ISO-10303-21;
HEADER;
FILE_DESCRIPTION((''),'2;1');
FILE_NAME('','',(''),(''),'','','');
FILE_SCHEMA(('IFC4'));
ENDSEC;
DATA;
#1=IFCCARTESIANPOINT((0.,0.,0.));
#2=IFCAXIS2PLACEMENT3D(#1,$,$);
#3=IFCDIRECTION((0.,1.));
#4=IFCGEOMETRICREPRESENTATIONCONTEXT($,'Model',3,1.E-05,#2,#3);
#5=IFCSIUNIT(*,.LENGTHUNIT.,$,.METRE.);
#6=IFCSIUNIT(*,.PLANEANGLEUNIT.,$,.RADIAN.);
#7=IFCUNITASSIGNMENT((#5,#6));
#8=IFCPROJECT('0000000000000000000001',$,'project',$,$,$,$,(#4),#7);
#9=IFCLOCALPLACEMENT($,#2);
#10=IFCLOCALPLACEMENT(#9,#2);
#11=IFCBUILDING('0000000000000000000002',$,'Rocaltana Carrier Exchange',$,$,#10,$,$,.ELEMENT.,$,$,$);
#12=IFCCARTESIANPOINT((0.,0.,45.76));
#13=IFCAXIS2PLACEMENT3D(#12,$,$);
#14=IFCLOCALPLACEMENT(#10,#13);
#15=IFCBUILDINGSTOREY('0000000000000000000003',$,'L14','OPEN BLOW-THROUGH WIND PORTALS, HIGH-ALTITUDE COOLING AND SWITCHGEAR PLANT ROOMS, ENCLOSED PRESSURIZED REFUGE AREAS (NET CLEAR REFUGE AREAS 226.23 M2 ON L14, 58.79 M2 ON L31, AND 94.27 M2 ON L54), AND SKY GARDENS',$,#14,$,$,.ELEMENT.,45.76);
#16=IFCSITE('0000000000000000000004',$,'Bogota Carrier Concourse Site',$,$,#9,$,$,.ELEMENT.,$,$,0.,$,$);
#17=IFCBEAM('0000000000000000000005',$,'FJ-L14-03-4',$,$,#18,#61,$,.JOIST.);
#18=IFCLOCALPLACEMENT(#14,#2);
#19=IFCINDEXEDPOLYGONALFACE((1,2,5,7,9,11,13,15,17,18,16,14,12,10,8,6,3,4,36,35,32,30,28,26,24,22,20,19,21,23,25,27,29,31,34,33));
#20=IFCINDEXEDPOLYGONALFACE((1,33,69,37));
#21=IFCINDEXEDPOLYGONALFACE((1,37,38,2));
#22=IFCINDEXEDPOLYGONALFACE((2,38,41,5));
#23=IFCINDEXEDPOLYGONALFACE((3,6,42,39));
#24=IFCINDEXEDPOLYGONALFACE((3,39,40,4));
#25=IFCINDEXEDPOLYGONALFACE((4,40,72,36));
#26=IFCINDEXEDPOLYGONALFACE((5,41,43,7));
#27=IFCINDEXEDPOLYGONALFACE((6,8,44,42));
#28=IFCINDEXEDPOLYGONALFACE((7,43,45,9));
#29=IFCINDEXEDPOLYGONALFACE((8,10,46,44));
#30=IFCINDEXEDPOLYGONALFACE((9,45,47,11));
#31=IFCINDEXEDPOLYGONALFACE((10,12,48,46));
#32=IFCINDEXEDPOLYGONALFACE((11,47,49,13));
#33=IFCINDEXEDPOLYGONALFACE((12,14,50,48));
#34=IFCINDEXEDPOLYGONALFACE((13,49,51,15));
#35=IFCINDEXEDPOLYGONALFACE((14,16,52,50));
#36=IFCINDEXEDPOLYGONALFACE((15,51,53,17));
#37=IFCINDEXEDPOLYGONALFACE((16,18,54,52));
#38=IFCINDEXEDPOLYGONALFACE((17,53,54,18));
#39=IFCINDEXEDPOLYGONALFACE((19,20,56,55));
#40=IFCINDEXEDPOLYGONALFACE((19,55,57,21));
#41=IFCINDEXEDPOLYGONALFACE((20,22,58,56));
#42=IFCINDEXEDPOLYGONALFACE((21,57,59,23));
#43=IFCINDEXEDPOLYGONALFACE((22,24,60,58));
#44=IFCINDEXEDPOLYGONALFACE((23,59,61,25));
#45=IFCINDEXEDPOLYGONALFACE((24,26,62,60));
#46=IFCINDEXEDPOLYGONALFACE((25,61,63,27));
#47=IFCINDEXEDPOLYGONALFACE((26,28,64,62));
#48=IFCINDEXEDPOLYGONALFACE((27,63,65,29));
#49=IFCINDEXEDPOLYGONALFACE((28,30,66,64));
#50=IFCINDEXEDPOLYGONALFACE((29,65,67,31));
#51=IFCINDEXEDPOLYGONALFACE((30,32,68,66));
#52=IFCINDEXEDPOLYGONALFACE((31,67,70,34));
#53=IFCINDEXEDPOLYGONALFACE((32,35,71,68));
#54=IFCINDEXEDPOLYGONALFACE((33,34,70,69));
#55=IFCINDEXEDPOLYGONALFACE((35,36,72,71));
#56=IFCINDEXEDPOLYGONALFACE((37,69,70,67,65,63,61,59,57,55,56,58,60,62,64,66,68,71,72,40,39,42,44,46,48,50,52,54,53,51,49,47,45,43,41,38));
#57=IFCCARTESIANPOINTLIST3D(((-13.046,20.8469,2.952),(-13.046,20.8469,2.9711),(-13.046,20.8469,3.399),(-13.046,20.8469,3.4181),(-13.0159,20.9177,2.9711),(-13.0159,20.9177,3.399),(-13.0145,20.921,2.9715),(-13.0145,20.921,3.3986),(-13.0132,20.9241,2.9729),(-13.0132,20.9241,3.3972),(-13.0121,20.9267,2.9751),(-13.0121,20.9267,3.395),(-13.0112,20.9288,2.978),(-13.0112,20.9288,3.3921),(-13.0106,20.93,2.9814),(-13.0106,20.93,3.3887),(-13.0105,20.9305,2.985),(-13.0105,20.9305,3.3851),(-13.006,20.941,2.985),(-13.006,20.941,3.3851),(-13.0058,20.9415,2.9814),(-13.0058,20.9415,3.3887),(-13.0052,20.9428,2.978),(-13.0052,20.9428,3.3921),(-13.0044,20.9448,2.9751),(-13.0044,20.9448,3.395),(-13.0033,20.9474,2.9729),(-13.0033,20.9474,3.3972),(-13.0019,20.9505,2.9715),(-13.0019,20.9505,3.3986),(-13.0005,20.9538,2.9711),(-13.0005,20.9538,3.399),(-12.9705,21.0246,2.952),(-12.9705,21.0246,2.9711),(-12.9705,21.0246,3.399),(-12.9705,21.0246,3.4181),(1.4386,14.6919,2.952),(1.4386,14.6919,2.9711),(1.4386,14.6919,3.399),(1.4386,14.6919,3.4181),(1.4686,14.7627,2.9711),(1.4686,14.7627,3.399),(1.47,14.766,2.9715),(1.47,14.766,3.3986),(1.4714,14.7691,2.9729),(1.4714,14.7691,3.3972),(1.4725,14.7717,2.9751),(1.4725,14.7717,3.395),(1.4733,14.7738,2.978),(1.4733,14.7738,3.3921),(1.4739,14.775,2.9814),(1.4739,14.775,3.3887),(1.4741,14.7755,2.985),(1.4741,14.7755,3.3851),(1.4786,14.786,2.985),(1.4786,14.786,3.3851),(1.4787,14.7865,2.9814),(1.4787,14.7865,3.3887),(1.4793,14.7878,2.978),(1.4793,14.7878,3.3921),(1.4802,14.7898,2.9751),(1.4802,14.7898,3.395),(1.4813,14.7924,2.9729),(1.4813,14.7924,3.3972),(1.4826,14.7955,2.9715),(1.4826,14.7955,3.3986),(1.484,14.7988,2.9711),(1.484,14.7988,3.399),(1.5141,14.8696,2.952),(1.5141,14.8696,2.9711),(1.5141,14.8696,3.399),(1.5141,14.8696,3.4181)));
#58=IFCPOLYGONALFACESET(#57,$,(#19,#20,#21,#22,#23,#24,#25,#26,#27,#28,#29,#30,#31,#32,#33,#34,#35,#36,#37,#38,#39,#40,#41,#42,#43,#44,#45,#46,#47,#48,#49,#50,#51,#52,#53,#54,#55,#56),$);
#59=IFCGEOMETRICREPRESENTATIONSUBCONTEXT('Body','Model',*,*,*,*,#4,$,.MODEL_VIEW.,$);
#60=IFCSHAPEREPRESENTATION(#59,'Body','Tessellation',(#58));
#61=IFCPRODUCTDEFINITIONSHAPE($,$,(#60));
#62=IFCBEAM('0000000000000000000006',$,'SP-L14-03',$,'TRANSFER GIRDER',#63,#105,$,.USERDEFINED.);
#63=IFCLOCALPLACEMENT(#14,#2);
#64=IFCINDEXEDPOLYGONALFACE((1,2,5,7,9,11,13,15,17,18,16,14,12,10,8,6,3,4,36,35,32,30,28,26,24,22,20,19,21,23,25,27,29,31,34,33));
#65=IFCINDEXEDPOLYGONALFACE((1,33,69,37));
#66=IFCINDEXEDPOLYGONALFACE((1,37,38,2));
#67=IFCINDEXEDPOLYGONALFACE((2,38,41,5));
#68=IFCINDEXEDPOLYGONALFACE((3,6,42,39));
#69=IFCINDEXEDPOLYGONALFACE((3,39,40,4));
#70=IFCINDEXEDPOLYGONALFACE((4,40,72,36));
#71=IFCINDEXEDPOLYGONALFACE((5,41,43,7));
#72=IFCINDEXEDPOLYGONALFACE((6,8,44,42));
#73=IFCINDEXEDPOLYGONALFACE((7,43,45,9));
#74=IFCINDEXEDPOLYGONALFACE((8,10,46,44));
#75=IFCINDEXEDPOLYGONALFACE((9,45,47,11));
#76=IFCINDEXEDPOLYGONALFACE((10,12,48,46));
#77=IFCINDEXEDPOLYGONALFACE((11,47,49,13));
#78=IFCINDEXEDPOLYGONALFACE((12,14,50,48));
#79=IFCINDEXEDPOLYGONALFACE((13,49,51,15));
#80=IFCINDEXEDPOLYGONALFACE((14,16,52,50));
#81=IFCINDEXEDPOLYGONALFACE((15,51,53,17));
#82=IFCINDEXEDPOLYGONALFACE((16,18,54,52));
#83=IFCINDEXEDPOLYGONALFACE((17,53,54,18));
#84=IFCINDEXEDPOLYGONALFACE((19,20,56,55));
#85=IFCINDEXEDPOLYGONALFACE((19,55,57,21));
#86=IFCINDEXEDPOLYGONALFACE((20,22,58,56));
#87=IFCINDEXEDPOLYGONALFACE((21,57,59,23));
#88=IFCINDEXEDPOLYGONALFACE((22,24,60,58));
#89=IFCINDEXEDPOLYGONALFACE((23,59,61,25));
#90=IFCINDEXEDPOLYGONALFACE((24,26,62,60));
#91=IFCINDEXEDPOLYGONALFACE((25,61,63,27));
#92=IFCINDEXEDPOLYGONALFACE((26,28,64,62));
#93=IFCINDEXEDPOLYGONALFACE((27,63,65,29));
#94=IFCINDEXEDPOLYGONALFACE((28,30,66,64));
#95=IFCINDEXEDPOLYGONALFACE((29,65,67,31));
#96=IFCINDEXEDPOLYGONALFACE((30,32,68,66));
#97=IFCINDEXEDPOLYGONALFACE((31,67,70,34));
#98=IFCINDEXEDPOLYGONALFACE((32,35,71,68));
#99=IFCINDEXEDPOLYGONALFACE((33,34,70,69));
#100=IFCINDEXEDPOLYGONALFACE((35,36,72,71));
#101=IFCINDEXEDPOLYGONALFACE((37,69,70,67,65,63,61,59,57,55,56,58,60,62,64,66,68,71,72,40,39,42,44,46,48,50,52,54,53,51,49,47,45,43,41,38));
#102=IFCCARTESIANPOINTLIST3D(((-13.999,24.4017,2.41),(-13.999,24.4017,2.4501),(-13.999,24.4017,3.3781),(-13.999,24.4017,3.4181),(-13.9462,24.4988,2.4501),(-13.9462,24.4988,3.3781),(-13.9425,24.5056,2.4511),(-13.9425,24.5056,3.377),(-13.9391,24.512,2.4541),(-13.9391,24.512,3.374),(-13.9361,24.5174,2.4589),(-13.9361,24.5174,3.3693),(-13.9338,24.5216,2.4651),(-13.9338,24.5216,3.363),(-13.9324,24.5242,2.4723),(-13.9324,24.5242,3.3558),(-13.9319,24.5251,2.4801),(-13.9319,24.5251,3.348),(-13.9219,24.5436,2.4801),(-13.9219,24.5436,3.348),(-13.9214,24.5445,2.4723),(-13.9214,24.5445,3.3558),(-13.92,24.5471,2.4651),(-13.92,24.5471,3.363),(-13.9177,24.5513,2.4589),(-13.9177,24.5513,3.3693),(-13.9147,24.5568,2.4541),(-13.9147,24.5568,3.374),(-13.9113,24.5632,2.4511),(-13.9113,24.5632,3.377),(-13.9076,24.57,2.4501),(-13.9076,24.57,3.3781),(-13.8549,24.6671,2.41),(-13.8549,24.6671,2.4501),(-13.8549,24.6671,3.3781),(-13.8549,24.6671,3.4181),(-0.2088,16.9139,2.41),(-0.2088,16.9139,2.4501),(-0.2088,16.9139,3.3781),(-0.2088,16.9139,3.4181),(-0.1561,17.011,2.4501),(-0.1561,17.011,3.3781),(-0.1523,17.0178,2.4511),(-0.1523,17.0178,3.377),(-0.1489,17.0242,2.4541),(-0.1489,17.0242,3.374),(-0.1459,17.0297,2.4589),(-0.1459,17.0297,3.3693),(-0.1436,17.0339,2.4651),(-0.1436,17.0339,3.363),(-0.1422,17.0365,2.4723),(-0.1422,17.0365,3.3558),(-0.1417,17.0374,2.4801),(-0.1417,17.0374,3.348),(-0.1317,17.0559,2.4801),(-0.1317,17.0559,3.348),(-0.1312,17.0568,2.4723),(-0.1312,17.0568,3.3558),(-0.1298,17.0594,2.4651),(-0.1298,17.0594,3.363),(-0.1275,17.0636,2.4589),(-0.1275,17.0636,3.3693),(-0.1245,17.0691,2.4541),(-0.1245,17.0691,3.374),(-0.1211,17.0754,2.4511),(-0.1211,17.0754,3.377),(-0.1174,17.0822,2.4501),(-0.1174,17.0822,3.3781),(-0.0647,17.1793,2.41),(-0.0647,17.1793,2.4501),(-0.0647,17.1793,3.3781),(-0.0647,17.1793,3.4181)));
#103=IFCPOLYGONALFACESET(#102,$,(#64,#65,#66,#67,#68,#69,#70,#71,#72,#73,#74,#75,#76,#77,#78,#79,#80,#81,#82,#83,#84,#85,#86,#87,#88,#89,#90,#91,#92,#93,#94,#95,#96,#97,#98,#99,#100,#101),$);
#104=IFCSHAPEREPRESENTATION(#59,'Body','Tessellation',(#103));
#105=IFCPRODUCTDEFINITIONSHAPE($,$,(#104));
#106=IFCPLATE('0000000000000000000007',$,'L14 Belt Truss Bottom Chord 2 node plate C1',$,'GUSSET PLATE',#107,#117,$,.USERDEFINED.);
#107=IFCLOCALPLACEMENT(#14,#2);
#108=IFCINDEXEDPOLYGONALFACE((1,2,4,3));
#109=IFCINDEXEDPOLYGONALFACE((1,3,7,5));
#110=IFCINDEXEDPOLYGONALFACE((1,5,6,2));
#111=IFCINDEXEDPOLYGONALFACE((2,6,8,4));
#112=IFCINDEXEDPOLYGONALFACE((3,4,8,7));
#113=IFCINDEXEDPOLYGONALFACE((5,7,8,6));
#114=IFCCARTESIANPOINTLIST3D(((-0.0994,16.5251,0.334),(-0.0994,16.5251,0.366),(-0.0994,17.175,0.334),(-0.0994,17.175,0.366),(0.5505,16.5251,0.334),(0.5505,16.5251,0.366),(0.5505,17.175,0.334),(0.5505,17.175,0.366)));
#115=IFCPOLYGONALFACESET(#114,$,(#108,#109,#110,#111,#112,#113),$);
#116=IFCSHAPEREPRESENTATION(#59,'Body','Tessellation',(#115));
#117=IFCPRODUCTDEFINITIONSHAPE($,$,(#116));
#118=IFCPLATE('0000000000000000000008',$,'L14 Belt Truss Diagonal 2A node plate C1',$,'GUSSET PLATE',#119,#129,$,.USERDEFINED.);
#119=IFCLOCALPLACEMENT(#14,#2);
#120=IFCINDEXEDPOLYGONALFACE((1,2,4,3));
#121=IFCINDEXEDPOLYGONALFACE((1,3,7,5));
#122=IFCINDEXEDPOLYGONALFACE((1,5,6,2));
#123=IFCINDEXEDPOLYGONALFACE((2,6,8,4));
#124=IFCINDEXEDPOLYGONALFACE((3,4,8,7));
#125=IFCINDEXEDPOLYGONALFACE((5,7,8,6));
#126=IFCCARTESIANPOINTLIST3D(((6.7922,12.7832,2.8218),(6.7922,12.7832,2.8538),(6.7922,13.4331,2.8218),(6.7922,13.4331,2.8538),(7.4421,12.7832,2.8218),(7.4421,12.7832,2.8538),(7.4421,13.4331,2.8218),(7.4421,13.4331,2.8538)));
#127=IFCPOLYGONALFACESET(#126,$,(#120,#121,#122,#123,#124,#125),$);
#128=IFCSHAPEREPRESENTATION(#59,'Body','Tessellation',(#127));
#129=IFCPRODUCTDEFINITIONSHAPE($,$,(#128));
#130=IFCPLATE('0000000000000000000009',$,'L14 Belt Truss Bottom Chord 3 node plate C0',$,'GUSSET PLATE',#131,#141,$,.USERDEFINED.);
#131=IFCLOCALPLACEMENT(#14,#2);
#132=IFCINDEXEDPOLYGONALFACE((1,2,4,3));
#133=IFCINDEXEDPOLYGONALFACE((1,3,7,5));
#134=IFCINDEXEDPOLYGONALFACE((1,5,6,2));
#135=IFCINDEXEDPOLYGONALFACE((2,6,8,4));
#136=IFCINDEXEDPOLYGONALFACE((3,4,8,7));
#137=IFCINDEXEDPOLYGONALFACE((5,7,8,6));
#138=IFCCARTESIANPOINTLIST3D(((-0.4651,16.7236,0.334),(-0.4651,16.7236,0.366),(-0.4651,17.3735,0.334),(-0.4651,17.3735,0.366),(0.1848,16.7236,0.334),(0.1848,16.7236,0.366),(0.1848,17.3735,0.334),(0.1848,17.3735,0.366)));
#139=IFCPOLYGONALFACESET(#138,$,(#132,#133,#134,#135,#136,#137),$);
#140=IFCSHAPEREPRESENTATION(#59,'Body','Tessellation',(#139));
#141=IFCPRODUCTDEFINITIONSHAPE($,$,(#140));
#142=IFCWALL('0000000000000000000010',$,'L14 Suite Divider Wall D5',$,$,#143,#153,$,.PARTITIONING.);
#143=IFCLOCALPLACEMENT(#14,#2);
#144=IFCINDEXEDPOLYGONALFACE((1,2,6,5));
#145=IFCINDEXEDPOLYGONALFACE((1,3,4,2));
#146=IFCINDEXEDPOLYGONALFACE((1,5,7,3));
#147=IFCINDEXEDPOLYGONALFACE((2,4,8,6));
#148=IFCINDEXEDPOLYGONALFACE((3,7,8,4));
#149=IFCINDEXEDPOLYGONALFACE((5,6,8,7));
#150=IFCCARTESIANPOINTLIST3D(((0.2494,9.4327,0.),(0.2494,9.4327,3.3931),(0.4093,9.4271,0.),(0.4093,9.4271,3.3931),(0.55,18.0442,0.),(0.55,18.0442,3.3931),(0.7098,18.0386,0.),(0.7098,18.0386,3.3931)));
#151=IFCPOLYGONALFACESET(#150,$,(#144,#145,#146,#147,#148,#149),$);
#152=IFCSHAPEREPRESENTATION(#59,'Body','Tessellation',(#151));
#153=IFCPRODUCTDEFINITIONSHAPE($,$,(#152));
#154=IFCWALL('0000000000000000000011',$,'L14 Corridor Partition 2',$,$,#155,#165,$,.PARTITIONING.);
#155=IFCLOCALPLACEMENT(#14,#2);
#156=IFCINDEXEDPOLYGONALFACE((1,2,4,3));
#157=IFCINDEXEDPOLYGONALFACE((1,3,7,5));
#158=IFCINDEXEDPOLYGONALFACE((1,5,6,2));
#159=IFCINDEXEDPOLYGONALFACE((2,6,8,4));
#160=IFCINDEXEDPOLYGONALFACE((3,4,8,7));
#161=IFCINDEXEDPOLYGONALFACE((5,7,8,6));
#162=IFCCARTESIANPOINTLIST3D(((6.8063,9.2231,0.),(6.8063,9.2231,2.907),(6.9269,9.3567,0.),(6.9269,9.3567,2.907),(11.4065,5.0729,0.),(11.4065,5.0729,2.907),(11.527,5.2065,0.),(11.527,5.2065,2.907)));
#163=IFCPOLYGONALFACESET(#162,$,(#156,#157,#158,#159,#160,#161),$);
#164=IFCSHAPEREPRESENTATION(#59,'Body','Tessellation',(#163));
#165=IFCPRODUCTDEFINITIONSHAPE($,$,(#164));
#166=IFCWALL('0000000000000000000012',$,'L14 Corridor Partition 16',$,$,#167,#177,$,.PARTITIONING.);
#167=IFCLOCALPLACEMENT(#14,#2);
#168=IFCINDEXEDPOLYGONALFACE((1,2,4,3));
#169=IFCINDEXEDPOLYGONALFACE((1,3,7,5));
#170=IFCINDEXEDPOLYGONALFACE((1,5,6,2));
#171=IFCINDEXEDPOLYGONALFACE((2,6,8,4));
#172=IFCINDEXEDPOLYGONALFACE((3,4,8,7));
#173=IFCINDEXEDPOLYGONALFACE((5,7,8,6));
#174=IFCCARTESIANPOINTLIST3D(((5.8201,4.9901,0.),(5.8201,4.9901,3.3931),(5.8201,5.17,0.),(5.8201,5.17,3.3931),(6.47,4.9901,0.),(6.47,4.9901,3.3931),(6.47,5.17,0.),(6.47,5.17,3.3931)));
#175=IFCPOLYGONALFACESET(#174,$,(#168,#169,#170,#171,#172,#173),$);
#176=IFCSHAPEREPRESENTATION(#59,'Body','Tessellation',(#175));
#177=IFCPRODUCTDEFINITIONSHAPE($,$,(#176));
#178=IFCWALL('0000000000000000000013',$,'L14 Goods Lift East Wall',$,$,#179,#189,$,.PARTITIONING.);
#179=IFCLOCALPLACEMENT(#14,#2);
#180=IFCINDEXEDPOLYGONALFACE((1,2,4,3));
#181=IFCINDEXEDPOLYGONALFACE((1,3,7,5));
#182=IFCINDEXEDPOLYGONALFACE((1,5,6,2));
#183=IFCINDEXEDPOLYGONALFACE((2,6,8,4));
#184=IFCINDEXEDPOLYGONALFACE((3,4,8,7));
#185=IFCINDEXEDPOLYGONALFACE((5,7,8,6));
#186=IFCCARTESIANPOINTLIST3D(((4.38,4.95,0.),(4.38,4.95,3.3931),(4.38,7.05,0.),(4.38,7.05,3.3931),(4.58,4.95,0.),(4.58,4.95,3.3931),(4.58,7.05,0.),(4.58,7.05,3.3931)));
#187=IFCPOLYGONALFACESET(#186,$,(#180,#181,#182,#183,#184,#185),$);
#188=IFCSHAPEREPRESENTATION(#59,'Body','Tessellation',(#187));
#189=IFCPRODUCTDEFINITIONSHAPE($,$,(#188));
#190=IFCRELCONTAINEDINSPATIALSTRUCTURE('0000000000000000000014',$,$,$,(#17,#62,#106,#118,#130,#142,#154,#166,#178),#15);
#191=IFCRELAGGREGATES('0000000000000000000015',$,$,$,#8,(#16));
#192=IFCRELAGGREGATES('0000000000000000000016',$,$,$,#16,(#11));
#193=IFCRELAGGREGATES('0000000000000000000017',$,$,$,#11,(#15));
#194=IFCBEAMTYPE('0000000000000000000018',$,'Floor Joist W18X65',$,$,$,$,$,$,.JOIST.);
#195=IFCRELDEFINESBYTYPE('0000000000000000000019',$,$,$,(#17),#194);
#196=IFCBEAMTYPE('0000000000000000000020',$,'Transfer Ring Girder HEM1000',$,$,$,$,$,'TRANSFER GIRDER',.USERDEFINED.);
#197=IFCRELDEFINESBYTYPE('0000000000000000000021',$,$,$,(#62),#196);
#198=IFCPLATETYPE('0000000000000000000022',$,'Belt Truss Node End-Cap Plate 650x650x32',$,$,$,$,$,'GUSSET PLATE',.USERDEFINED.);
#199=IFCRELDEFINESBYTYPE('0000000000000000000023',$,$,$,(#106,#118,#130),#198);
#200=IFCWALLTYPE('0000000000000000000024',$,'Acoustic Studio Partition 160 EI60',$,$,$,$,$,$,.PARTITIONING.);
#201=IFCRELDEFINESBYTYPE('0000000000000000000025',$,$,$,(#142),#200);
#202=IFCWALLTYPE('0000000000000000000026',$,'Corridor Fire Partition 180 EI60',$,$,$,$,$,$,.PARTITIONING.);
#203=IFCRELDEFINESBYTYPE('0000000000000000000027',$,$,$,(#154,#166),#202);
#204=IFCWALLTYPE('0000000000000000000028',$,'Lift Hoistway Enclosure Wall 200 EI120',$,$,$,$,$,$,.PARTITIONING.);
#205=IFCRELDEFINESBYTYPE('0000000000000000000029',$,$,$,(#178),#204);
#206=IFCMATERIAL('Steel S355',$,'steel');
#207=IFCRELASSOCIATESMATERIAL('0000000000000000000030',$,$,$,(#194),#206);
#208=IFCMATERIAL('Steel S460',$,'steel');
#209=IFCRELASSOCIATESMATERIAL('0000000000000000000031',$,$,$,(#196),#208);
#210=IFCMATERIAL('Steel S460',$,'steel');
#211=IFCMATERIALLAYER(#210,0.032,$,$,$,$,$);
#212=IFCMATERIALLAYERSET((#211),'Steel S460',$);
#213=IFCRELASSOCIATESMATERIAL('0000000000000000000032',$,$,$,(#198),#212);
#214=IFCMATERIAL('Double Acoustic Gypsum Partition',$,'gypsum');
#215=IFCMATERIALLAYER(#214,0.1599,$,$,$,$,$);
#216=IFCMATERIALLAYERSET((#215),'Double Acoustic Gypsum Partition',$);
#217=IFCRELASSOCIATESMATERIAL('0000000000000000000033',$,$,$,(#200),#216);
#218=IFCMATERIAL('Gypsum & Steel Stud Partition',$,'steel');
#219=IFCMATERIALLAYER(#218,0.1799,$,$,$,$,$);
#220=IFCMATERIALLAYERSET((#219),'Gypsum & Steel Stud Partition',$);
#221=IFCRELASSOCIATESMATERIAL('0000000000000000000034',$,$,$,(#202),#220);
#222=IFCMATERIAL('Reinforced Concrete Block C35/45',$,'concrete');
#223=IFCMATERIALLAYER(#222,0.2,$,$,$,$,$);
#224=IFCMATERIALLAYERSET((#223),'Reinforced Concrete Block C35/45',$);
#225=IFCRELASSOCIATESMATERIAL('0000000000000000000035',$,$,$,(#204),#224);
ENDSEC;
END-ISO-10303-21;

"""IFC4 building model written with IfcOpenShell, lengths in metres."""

from ifc_helpers import new_model, si_unit, direction, frame, frame_2d, origin, origin_2d, place, context, subcontext, project, spatial, rectangle, i_section, extrude, material, layer, layer_set, material_profile, profile_set, type_object, element, save


model = new_model("IFC4")

# Units and contexts
model_context = context("Model", 3, precision=1e-05, world=origin(), true_north=direction((0.0, 1.0)))
body_context = subcontext(model_context, "Body", "Model", "MODEL_VIEW")
ifc_project = project(units=[si_unit("LENGTHUNIT", "METRE"), si_unit("PLANEANGLEUNIT", "RADIAN")], contexts=[model_context])

# Site, building, storey
site_placement = place(None, origin())
site = spatial("IfcSite", under=ifc_project, at=site_placement, Name="Bogota Carrier Concourse Site", CompositionType="ELEMENT", RefElevation=0.0)
building_placement = place(site_placement, origin())
building = spatial("IfcBuilding", under=site, at=building_placement, Name="Rocaltana Carrier Exchange", CompositionType="ELEMENT")
storey_placement = place(building_placement, frame((0.0, 0.0, 45.76)))
storey = spatial("IfcBuildingStorey", under=building, at=storey_placement, Name="L14", Description="OPEN BLOW-THROUGH WIND PORTALS, HIGH-ALTITUDE COOLING AND SWITCHGEAR PLANT ROOMS, ENCLOSED PRESSURIZED REFUGE AREAS (NET CLEAR REFUGE AREAS 226.23 M2 ON L14, 58.79 M2 ON L31, AND 94.27 M2 ON L54), AND SKY GARDENS", CompositionType="ELEMENT", Elevation=45.76)

# Beams
ifc_material_1 = material(Name="Steel S355", Category="steel")
ifc_material_profile_1 = material_profile(ifc_material_1, i_section(OverallWidth=0.1931, OverallDepth=0.4661, WebThickness=0.0115, FlangeThickness=0.019, FilletRadius=0.0139, at=origin_2d()), Name="W18X65")
ifc_profile_set_1 = profile_set([ifc_material_profile_1], Name="Steel S355")
beam_type_1 = type_object("IfcBeamType", Name="Floor Joist W18X65", PredefinedType="JOIST", material=ifc_profile_set_1)
beam_1_placement = place(storey_placement, frame((1.4763, 14.7808, 3.1851), z_axis=(-0.920352, 0.39109, 0.0), x_axis=(-0.39109, -0.920352, 0.0)))
element("IfcBeam", 1, at=beam_1_placement, inside=storey, type_object=beam_type_1, Name="FJ-L14-03-4", PredefinedType="JOIST", context=body_context, shape_type="SweptSolid", body=[
    extrude(i_section(OverallWidth=0.1931, OverallDepth=0.4661, WebThickness=0.0115, FlangeThickness=0.019, FilletRadius=0.0139, at=origin_2d()), origin(), (0.0, 0.0, 1.0), 15.738),
])
ifc_material_2 = material(Name="Steel S460", Category="steel")
ifc_material_profile_2 = material_profile(ifc_material_2, i_section(OverallWidth=0.302, OverallDepth=1.0081, WebThickness=0.021, FlangeThickness=0.04, FilletRadius=0.03, at=origin_2d()), Name="HEM1000")
ifc_profile_set_2 = profile_set([ifc_material_profile_2], Name="Steel S460")
beam_type_2 = type_object("IfcBeamType", Name="Transfer Ring Girder HEM1000", ElementType="TRANSFER GIRDER", PredefinedType="USERDEFINED", material=ifc_profile_set_2)
beam_2_placement = place(storey_placement, frame((-0.1367, 17.0466, 2.9141), z_axis=(-0.87881, 0.477173, 0.0), x_axis=(-0.477173, -0.87881, 0.0)))
element("IfcBeam", 2, at=beam_2_placement, inside=storey, type_object=beam_type_2, Name="SP-L14-03", ObjectType="TRANSFER GIRDER", PredefinedType="USERDEFINED", context=body_context, shape_type="SweptSolid", body=[
    extrude(i_section(OverallWidth=0.302, OverallDepth=1.0081, WebThickness=0.021, FlangeThickness=0.04, FilletRadius=0.03, at=origin_2d()), origin(), (0.0, 0.0, 1.0), 15.6919),
])

# Plates
ifc_material_3 = material(Name="Steel S460", Category="steel")
ifc_layer_1 = layer(ifc_material_3, 0.032)
ifc_layer_set_1 = layer_set([ifc_layer_1], Name="Steel S460")
plate_type = type_object("IfcPlateType", Name="Belt Truss Node End-Cap Plate 650x650x32", ElementType="GUSSET PLATE", PredefinedType="USERDEFINED", material=ifc_layer_set_1)
for number, where, z_axis, x_axis, name in (
    (3, (0.2256, 16.8501, 0.334), (0.0, 0.0, 1.0), (1.0, 0.0, 0.0), "L14 Belt Truss Bottom Chord 2 node plate C1"),
    (4, (7.1172, 13.1082, 2.8218), (0.0, 0.0, 1.0), (1.0, 0.0, 0.0), "L14 Belt Truss Diagonal 2A node plate C1"),
    (5, (-0.1401, 17.0486, 0.334), (0.0, 0.0, 1.0), (1.0, 0.0, 0.0), "L14 Belt Truss Bottom Chord 3 node plate C0"),
):
    element("IfcPlate", number, at=place(storey_placement, frame(where, z_axis=z_axis, x_axis=x_axis)), inside=storey, type_object=plate_type, Name=name, ObjectType="GUSSET PLATE", PredefinedType="USERDEFINED", context=body_context, shape_type="SweptSolid", body=[
        extrude(rectangle(XDim=0.6499, YDim=0.6499, at=origin_2d()), origin(), (0.0, 0.0, 1.0), 0.032),
    ])

# Walls
ifc_material_4 = material(Name="Double Acoustic Gypsum Partition", Category="gypsum")
ifc_layer_2 = layer(ifc_material_4, 0.1599)
ifc_layer_set_2 = layer_set([ifc_layer_2], Name="Double Acoustic Gypsum Partition")
wall_type_1 = type_object("IfcWallType", Name="Acoustic Studio Partition 160 EI60", PredefinedType="PARTITIONING", material=ifc_layer_set_2)
wall_1_placement = place(storey_placement, frame((0.3293, 9.4299, 0.0), z_axis=(0.0, 0.0, 1.0), x_axis=(0.034878, 0.999392, 0.0)))
element("IfcWall", 6, at=wall_1_placement, inside=storey, type_object=wall_type_1, Name="L14 Suite Divider Wall D5", PredefinedType="PARTITIONING", context=body_context, shape_type="SweptSolid", body=[
    extrude(rectangle(XDim=8.6167, YDim=0.1599, at=frame_2d((4.3083, 0.0))), origin(), (0.0, 0.0, 1.0), 3.3931),
])
ifc_material_5 = material(Name="Gypsum & Steel Stud Partition", Category="steel")
ifc_layer_3 = layer(ifc_material_5, 0.1799)
ifc_layer_set_3 = layer_set([ifc_layer_3], Name="Gypsum & Steel Stud Partition")
wall_type_2 = type_object("IfcWallType", Name="Corridor Fire Partition 180 EI60", PredefinedType="PARTITIONING", material=ifc_layer_set_3)
wall_2_placement = place(storey_placement, frame((6.8667, 9.2898, 0.0), z_axis=(0.0, 0.0, 1.0), x_axis=(0.742486, -0.669861, 0.0)))
element("IfcWall", 7, at=wall_2_placement, inside=storey, type_object=wall_type_2, Name="L14 Corridor Partition 2", PredefinedType="PARTITIONING", context=body_context, shape_type="SweptSolid", body=[
    extrude(rectangle(XDim=6.1956, YDim=0.1799, at=frame_2d((3.0977, 0.0))), origin(), (0.0, 0.0, 1.0), 2.907),
])
wall_3_placement = place(storey_placement, frame((6.47, 5.0801, 0.0), z_axis=(0.0, 0.0, 1.0), x_axis=(-1.0, 0.0, 0.0)))
element("IfcWall", 8, at=wall_3_placement, inside=storey, type_object=wall_type_2, Name="L14 Corridor Partition 16", PredefinedType="PARTITIONING", context=body_context, shape_type="SweptSolid", body=[
    extrude(rectangle(XDim=0.6499, YDim=0.1799, at=frame_2d((0.325, 0.0))), origin(), (0.0, 0.0, 1.0), 3.3931),
])
ifc_material_6 = material(Name="Reinforced Concrete Block C35/45", Category="concrete")
ifc_layer_4 = layer(ifc_material_6, 0.2)
ifc_layer_set_4 = layer_set([ifc_layer_4], Name="Reinforced Concrete Block C35/45")
wall_type_3 = type_object("IfcWallType", Name="Lift Hoistway Enclosure Wall 200 EI120", PredefinedType="PARTITIONING", material=ifc_layer_set_4)
wall_4_placement = place(storey_placement, frame((4.48, 4.95, 0.0), z_axis=(0.0, 0.0, 1.0), x_axis=(0.0, 1.0, 0.0)))
element("IfcWall", 9, at=wall_4_placement, inside=storey, type_object=wall_type_3, Name="L14 Goods Lift East Wall", PredefinedType="PARTITIONING", context=body_context, shape_type="SweptSolid", body=[
    extrude(rectangle(XDim=2.1001, YDim=0.2, at=frame_2d((1.05, 0.0))), origin(), (0.0, 0.0, 1.0), 3.3931),
])

save(model, "model.ifc")
